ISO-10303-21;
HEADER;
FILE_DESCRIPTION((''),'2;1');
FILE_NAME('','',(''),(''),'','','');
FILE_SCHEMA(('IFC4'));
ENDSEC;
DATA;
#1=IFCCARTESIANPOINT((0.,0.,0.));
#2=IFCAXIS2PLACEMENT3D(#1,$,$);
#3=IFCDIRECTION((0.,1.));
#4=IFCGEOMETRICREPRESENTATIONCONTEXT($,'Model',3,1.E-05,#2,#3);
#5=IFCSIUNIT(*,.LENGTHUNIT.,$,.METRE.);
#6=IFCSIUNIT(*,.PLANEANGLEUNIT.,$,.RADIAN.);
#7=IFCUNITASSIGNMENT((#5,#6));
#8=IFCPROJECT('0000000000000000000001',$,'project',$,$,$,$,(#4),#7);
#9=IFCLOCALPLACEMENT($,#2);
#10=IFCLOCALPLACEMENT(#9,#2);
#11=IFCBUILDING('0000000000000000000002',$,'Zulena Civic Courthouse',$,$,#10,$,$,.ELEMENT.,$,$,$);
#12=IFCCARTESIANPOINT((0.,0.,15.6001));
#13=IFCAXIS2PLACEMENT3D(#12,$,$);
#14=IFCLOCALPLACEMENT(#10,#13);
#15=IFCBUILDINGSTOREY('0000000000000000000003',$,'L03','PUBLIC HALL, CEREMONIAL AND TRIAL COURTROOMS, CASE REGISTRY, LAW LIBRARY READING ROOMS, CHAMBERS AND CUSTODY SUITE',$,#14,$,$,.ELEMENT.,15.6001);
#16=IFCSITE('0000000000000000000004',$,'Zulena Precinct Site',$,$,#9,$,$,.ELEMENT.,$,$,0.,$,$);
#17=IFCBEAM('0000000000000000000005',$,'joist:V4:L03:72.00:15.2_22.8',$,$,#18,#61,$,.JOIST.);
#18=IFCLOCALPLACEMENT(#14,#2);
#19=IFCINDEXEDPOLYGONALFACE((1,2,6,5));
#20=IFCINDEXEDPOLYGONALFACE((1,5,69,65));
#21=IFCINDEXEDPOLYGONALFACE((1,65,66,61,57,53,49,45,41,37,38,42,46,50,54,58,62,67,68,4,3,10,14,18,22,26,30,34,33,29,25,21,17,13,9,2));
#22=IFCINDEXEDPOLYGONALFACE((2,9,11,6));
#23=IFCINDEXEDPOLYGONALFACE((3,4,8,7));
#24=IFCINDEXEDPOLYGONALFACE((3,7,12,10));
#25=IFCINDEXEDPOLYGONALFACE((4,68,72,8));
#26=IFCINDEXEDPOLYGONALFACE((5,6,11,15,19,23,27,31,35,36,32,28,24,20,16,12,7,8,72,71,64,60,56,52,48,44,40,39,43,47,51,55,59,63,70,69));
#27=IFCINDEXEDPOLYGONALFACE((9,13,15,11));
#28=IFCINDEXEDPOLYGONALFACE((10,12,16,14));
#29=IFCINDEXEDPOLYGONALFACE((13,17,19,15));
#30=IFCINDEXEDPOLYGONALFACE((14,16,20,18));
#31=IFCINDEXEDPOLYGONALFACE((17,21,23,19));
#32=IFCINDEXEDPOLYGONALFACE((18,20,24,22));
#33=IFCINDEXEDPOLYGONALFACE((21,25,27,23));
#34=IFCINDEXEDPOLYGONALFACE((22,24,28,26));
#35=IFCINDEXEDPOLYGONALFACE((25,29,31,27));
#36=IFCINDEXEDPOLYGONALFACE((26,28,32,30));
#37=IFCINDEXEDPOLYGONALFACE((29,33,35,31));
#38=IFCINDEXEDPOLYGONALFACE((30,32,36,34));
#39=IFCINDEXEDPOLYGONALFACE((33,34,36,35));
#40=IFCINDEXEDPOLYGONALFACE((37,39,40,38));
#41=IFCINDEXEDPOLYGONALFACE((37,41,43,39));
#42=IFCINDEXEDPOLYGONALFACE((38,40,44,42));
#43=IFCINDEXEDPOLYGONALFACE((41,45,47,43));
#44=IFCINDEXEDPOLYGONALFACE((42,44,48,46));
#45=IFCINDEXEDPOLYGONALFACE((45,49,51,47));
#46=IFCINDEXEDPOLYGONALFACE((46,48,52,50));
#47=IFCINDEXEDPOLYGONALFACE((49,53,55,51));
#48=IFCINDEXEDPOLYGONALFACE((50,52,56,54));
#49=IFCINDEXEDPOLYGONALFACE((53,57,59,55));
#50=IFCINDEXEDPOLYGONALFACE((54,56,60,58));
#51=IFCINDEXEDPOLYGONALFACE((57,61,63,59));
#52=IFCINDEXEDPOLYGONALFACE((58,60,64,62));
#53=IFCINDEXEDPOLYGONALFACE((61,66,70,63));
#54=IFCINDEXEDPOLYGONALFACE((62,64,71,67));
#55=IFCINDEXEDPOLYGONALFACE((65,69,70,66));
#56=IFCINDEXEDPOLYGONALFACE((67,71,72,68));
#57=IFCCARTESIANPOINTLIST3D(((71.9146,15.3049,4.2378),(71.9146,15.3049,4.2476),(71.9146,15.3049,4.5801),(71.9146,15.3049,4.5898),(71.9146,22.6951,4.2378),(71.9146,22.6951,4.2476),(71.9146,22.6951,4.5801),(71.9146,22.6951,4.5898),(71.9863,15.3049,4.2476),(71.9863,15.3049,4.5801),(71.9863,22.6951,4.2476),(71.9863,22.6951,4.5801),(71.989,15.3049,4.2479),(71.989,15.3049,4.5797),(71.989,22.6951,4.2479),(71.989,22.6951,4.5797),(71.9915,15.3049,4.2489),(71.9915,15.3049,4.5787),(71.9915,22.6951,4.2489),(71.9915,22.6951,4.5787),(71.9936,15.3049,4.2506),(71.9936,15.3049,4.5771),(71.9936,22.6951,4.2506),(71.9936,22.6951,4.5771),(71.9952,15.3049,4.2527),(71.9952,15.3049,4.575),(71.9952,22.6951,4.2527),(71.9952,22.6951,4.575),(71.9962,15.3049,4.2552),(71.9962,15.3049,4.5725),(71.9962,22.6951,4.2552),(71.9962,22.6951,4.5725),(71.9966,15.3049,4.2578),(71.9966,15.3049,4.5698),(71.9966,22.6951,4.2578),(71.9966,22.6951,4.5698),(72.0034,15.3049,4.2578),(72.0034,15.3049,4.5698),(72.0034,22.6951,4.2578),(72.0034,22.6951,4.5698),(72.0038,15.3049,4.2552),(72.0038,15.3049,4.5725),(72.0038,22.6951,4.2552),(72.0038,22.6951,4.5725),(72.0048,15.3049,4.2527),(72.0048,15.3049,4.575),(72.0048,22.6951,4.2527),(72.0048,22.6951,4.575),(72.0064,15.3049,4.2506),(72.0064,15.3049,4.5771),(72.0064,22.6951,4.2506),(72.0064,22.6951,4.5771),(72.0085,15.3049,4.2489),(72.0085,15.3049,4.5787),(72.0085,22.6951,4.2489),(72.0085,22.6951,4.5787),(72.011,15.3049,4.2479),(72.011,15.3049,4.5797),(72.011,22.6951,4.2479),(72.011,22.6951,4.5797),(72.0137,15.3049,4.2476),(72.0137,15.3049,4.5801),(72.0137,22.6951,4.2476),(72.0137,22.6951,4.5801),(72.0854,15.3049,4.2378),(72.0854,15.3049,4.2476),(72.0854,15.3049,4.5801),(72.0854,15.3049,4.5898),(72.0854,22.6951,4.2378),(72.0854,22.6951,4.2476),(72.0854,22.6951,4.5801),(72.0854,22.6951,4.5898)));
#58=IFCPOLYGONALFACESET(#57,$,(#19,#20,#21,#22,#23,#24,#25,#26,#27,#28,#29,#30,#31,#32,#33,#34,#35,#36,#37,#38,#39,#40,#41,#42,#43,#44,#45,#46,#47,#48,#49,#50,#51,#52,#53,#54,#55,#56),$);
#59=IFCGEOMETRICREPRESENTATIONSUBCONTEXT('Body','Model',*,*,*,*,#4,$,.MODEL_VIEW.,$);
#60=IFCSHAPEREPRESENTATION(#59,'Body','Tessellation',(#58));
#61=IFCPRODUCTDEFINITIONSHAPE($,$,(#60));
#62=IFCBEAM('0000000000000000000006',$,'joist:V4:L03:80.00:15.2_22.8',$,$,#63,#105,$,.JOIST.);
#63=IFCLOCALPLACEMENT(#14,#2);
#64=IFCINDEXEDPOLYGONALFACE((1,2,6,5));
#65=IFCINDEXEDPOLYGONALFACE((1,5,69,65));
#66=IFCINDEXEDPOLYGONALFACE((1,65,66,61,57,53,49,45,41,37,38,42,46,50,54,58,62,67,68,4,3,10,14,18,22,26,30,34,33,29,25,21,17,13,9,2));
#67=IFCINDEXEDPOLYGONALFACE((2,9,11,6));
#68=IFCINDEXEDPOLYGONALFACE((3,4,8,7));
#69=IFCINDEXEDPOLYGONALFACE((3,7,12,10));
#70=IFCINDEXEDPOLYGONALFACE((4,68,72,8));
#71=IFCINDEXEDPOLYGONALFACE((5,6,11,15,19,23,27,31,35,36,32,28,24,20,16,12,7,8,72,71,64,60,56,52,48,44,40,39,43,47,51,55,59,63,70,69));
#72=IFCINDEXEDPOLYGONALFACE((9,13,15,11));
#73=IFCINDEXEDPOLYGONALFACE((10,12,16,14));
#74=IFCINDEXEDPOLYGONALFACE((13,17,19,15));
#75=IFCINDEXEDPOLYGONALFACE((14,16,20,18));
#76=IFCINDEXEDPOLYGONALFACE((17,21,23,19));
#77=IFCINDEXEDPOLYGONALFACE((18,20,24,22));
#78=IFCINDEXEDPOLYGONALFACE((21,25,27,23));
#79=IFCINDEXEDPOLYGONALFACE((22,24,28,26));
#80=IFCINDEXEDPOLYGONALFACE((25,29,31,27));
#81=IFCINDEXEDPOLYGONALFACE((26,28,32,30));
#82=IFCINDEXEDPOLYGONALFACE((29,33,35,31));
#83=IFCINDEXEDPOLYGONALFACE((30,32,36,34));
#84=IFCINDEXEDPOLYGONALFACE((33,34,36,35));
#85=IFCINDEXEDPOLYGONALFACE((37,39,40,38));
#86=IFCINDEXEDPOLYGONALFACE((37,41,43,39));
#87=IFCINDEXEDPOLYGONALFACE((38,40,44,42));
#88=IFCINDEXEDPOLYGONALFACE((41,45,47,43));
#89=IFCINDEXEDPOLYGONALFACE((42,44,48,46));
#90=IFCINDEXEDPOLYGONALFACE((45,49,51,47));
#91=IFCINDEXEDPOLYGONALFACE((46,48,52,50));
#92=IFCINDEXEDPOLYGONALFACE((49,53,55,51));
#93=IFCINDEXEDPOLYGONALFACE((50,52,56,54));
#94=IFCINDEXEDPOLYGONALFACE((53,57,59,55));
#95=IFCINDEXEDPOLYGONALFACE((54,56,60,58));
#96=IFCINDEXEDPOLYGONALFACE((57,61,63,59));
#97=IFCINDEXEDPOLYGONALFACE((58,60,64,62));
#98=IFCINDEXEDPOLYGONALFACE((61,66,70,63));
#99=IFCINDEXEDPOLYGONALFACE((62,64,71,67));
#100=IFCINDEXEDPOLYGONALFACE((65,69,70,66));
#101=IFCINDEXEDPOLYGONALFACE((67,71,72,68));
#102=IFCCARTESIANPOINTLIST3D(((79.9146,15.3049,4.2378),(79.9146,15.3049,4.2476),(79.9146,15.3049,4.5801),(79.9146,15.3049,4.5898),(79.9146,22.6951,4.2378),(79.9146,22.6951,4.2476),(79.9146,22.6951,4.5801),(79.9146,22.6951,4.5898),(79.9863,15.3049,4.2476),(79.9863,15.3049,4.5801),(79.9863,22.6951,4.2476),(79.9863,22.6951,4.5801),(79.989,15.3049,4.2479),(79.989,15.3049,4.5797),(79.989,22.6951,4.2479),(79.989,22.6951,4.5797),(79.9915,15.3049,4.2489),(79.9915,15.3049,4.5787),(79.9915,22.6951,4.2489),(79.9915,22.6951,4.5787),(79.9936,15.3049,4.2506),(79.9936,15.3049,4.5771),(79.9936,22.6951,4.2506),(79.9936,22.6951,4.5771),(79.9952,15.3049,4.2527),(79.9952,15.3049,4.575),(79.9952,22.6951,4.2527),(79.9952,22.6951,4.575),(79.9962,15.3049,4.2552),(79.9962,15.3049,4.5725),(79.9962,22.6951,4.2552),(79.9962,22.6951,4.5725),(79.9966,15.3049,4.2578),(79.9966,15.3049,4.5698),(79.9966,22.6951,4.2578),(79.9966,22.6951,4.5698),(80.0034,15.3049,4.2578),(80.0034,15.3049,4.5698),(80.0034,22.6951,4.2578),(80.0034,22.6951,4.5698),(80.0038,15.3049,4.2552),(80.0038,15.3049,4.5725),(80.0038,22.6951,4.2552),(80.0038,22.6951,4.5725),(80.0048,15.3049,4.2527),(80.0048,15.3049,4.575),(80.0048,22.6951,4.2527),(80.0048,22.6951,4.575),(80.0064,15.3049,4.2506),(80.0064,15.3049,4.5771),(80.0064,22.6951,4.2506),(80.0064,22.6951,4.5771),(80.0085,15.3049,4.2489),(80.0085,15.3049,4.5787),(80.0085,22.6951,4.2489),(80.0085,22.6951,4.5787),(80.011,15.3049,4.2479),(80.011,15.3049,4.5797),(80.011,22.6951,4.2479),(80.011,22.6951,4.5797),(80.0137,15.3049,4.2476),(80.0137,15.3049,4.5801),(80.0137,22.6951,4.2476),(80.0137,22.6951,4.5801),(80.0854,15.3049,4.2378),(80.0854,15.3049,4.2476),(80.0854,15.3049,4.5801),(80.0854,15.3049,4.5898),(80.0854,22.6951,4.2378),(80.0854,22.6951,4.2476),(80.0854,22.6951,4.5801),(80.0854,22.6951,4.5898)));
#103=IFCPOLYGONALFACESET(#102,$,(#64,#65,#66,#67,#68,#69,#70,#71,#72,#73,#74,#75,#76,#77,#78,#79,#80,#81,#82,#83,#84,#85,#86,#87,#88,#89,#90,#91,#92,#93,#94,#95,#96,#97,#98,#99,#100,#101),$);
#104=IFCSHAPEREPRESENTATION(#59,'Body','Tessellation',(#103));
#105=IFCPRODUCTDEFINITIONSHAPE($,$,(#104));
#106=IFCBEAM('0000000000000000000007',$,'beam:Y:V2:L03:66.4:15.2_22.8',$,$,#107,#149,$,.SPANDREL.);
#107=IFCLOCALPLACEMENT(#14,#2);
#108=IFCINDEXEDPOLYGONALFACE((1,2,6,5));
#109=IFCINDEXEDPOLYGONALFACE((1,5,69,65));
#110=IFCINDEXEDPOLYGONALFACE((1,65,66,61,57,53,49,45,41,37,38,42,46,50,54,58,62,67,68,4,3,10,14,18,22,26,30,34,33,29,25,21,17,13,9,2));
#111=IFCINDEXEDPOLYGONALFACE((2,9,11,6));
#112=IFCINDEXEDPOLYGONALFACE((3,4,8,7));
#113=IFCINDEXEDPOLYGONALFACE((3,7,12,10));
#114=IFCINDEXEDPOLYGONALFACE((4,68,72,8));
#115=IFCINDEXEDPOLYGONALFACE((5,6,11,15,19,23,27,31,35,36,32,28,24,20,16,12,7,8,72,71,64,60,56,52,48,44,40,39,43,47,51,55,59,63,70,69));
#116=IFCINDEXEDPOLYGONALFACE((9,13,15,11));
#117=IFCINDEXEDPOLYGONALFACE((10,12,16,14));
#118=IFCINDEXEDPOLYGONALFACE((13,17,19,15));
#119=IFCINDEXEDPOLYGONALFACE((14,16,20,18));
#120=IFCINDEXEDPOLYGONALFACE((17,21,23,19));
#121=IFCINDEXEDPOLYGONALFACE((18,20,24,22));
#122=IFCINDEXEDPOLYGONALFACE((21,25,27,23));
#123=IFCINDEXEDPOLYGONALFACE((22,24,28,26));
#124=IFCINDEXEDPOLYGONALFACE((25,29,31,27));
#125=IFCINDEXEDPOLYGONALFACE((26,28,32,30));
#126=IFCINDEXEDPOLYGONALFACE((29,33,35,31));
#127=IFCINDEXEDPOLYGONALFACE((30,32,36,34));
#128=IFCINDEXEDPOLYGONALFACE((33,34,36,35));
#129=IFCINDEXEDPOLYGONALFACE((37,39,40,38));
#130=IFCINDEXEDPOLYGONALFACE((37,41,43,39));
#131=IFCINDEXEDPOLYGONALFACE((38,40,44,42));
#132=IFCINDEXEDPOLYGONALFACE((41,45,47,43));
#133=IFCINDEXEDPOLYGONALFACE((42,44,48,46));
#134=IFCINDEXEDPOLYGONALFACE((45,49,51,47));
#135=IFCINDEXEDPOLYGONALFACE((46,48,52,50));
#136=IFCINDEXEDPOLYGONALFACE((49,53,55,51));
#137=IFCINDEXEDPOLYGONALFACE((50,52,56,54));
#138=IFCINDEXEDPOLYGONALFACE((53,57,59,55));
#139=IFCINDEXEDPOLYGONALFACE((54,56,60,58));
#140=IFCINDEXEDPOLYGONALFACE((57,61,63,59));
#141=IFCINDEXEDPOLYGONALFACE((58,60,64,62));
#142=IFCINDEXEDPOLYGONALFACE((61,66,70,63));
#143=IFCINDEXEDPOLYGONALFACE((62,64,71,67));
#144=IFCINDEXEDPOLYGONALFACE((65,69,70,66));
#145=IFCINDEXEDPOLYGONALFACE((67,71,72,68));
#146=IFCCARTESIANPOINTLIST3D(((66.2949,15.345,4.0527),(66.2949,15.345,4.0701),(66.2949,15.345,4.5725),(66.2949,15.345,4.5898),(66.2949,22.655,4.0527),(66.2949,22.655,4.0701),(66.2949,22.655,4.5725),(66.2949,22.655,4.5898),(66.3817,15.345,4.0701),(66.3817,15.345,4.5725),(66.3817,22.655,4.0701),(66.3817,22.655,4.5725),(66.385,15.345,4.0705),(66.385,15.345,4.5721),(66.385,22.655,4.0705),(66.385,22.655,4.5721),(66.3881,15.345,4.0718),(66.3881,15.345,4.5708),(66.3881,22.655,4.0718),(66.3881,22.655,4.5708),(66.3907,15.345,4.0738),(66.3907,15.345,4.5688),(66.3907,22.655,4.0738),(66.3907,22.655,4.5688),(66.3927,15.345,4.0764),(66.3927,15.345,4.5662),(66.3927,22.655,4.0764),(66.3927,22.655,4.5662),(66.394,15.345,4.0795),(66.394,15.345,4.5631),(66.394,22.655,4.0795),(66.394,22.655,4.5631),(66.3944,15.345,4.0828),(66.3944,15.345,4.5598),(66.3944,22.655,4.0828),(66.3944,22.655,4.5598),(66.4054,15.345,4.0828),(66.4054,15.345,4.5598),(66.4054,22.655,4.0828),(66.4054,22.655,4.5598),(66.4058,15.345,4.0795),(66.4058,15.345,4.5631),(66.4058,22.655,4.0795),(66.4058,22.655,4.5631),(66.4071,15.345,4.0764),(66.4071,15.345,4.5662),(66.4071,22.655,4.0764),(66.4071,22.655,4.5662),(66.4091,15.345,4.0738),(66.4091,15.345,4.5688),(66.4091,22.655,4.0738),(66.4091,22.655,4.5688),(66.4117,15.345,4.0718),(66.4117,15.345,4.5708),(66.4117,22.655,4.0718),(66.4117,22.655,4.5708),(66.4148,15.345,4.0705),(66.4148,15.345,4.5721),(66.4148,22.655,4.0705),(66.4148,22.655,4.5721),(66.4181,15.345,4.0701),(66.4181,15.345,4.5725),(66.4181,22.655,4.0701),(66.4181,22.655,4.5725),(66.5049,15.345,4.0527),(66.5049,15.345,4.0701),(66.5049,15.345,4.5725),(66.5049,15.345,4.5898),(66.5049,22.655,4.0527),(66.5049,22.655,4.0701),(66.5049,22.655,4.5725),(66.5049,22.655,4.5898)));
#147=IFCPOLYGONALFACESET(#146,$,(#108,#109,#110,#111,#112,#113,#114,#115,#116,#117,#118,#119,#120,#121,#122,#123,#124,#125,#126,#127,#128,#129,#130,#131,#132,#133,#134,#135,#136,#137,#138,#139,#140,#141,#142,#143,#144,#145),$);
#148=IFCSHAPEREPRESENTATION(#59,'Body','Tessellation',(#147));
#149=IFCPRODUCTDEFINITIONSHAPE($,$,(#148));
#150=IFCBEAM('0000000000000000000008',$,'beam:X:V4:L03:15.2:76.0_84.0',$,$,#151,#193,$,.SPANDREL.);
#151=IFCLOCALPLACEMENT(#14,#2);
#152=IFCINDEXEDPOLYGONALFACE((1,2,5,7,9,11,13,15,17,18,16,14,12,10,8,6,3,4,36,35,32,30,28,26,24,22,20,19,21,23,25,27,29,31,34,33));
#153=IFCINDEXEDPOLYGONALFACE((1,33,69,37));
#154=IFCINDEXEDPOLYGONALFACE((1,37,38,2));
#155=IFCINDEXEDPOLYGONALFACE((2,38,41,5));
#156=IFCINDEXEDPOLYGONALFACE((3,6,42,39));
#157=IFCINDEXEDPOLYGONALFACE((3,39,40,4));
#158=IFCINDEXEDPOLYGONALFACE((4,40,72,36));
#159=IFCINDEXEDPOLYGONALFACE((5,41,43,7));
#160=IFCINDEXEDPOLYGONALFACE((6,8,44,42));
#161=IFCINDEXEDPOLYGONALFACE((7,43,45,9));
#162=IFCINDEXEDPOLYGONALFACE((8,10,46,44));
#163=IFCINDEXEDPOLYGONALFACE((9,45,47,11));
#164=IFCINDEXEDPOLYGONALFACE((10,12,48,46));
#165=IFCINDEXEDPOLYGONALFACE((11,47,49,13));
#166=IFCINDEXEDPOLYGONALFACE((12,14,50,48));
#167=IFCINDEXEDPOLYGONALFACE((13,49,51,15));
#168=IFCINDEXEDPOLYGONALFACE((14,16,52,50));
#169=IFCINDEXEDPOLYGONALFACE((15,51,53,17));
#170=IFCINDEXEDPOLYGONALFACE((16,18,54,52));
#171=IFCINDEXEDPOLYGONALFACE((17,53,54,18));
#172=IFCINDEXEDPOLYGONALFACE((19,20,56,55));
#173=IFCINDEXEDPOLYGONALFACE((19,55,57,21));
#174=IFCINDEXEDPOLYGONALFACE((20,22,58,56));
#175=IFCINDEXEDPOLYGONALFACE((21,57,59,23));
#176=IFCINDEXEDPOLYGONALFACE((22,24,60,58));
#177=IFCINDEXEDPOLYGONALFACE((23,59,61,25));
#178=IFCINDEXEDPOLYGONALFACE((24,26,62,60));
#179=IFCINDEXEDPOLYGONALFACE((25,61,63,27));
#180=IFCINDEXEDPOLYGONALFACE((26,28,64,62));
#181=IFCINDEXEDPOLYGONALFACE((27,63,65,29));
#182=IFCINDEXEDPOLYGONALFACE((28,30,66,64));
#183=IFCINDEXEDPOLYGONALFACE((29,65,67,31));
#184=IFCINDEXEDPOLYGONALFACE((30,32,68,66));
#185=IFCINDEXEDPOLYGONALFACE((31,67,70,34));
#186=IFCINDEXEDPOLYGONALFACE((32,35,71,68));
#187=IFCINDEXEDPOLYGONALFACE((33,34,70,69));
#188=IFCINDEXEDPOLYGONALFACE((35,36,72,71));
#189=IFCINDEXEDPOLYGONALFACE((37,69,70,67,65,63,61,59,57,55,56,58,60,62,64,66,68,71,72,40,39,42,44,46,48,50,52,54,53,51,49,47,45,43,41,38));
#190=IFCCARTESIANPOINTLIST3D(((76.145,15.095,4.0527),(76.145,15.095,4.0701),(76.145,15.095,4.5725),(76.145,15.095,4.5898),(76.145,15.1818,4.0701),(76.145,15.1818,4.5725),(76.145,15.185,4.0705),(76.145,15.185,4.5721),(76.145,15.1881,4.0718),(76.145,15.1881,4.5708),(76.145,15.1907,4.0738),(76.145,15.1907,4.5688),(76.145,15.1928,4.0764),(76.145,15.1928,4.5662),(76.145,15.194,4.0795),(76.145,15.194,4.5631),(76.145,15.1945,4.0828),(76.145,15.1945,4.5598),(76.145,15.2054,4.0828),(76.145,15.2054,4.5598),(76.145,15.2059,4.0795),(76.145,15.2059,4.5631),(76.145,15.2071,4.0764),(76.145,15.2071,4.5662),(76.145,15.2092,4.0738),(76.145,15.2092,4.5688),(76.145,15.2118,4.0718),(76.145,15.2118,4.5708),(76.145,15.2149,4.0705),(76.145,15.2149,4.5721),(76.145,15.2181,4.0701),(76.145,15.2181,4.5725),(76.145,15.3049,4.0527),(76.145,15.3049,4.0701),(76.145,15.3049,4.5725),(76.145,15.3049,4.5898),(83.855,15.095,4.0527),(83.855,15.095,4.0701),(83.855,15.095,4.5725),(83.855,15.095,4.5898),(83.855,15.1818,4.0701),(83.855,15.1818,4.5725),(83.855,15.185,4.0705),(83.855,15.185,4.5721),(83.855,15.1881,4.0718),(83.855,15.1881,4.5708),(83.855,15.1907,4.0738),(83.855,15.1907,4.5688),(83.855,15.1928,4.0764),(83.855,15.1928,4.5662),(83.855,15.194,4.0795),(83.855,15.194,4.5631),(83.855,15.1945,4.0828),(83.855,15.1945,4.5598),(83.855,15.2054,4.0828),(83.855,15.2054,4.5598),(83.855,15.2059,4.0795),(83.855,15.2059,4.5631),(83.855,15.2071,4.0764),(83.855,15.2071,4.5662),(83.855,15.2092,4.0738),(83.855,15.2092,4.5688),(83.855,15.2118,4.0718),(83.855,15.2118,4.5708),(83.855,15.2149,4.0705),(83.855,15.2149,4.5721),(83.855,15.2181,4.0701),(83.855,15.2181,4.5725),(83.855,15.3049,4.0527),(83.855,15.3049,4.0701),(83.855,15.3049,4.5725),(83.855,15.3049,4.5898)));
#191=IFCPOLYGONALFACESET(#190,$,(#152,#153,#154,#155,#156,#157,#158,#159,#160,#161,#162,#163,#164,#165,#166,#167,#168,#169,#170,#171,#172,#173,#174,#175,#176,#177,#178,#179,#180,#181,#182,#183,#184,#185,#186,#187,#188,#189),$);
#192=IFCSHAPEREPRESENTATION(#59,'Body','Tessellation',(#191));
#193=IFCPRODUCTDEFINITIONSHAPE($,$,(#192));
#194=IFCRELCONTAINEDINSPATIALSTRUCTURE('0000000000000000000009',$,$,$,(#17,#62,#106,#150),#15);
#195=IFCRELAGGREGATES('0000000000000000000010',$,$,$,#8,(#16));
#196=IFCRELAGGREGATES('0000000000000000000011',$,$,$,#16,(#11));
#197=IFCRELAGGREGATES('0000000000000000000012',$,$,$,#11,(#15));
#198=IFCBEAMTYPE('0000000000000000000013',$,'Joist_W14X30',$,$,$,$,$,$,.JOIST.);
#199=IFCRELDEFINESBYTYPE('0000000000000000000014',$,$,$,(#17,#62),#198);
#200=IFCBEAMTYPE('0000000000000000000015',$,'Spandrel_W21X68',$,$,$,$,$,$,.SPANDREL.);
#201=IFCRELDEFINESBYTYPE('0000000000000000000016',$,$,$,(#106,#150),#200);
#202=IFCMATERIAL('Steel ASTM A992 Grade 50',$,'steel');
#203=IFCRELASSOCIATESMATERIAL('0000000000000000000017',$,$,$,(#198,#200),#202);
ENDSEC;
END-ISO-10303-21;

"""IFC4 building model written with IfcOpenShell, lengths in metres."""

from ifc_helpers import new_model, si_unit, direction, frame, origin, origin_2d, place, context, subcontext, project, spatial, i_section, extrude, material, material_profile, profile_set, type_object, element, save


model = new_model("IFC4")

# Units and contexts
model_context = context("Model", 3, precision=1e-05, world=origin(), true_north=direction((0.0, 1.0)))
body_context = subcontext(model_context, "Body", "Model", "MODEL_VIEW")
ifc_project = project(units=[si_unit("LENGTHUNIT", "METRE"), si_unit("PLANEANGLEUNIT", "RADIAN")], contexts=[model_context])

# Site, building, storey
site_placement = place(None, origin())
site = spatial("IfcSite", under=ifc_project, at=site_placement, Name="Zulena Precinct Site", CompositionType="ELEMENT", RefElevation=0.0)
building_placement = place(site_placement, origin())
building = spatial("IfcBuilding", under=site, at=building_placement, Name="Zulena Civic Courthouse", CompositionType="ELEMENT")
storey_placement = place(building_placement, frame((0.0, 0.0, 15.6001)))
storey = spatial("IfcBuildingStorey", under=building, at=storey_placement, Name="L03", Description="PUBLIC HALL, CEREMONIAL AND TRIAL COURTROOMS, CASE REGISTRY, LAW LIBRARY READING ROOMS, CHAMBERS AND CUSTODY SUITE", CompositionType="ELEMENT", Elevation=15.6001)

# Shared definitions
ifc_material_1 = material(Name="Steel ASTM A992 Grade 50", Category="steel")

# Beams
ifc_material_profile_1 = material_profile(ifc_material_1, i_section(OverallWidth=0.1709, OverallDepth=0.3521, WebThickness=0.0068, FlangeThickness=0.0098, FilletRadius=0.0103, at=origin_2d()), Name="W14X30")
ifc_profile_set_1 = profile_set([ifc_material_profile_1], Name="Steel ASTM A992 Grade 50")
beam_type_1 = type_object("IfcBeamType", Name="Joist_W14X30", PredefinedType="JOIST", material=ifc_profile_set_1)
for number, where, z_axis, x_axis, name in (
    (1, (72.0, 15.3049, 4.4138), (0.0, 1.0, 0.0), (-1.0, 0.0, 0.0), "joist:V4:L03:72.00:15.2_22.8"),
    (2, (80.0, 15.3049, 4.4138), (0.0, 1.0, 0.0), (-1.0, 0.0, 0.0), "joist:V4:L03:80.00:15.2_22.8"),
):
    element("IfcBeam", number, at=place(storey_placement, frame(where, z_axis=z_axis, x_axis=x_axis)), inside=storey, type_object=beam_type_1, Name=name, PredefinedType="JOIST", context=body_context, shape_type="SweptSolid", body=[
        extrude(i_section(OverallWidth=0.1709, OverallDepth=0.3521, WebThickness=0.0068, FlangeThickness=0.0098, FilletRadius=0.0103, at=origin_2d()), origin(), (0.0, 0.0, 1.0), 7.3901),
    ])
ifc_material_profile_2 = material_profile(ifc_material_1, i_section(OverallWidth=0.21, OverallDepth=0.5371, WebThickness=0.011, FlangeThickness=0.0173, FilletRadius=0.0127, at=origin_2d()), Name="W21X68")
ifc_profile_set_2 = profile_set([ifc_material_profile_2], Name="Steel ASTM A992 Grade 50")
beam_type_2 = type_object("IfcBeamType", Name="Spandrel_W21X68", PredefinedType="SPANDREL", material=ifc_profile_set_2)
beam_1_placement = place(storey_placement, frame((66.3999, 15.345, 4.3213), z_axis=(0.0, 1.0, 0.0), x_axis=(-1.0, 0.0, 0.0)))
element("IfcBeam", 3, at=beam_1_placement, inside=storey, type_object=beam_type_2, Name="beam:Y:V2:L03:66.4:15.2_22.8", PredefinedType="SPANDREL", context=body_context, shape_type="SweptSolid", body=[
    extrude(i_section(OverallWidth=0.21, OverallDepth=0.5371, WebThickness=0.011, FlangeThickness=0.0173, FilletRadius=0.0127, at=origin_2d()), origin(), (0.0, 0.0, 1.0), 7.3101),
])
beam_2_placement = place(storey_placement, frame((76.145, 15.2, 4.3213), z_axis=(1.0, 0.0, 0.0), x_axis=(0.0, 1.0, 0.0)))
element("IfcBeam", 4, at=beam_2_placement, inside=storey, type_object=beam_type_2, Name="beam:X:V4:L03:15.2:76.0_84.0", PredefinedType="SPANDREL", context=body_context, shape_type="SweptSolid", body=[
    extrude(i_section(OverallWidth=0.21, OverallDepth=0.5371, WebThickness=0.011, FlangeThickness=0.0173, FilletRadius=0.0127, at=origin_2d()), origin(), (0.0, 0.0, 1.0), 7.71),
])

save(model, "model.ifc")
